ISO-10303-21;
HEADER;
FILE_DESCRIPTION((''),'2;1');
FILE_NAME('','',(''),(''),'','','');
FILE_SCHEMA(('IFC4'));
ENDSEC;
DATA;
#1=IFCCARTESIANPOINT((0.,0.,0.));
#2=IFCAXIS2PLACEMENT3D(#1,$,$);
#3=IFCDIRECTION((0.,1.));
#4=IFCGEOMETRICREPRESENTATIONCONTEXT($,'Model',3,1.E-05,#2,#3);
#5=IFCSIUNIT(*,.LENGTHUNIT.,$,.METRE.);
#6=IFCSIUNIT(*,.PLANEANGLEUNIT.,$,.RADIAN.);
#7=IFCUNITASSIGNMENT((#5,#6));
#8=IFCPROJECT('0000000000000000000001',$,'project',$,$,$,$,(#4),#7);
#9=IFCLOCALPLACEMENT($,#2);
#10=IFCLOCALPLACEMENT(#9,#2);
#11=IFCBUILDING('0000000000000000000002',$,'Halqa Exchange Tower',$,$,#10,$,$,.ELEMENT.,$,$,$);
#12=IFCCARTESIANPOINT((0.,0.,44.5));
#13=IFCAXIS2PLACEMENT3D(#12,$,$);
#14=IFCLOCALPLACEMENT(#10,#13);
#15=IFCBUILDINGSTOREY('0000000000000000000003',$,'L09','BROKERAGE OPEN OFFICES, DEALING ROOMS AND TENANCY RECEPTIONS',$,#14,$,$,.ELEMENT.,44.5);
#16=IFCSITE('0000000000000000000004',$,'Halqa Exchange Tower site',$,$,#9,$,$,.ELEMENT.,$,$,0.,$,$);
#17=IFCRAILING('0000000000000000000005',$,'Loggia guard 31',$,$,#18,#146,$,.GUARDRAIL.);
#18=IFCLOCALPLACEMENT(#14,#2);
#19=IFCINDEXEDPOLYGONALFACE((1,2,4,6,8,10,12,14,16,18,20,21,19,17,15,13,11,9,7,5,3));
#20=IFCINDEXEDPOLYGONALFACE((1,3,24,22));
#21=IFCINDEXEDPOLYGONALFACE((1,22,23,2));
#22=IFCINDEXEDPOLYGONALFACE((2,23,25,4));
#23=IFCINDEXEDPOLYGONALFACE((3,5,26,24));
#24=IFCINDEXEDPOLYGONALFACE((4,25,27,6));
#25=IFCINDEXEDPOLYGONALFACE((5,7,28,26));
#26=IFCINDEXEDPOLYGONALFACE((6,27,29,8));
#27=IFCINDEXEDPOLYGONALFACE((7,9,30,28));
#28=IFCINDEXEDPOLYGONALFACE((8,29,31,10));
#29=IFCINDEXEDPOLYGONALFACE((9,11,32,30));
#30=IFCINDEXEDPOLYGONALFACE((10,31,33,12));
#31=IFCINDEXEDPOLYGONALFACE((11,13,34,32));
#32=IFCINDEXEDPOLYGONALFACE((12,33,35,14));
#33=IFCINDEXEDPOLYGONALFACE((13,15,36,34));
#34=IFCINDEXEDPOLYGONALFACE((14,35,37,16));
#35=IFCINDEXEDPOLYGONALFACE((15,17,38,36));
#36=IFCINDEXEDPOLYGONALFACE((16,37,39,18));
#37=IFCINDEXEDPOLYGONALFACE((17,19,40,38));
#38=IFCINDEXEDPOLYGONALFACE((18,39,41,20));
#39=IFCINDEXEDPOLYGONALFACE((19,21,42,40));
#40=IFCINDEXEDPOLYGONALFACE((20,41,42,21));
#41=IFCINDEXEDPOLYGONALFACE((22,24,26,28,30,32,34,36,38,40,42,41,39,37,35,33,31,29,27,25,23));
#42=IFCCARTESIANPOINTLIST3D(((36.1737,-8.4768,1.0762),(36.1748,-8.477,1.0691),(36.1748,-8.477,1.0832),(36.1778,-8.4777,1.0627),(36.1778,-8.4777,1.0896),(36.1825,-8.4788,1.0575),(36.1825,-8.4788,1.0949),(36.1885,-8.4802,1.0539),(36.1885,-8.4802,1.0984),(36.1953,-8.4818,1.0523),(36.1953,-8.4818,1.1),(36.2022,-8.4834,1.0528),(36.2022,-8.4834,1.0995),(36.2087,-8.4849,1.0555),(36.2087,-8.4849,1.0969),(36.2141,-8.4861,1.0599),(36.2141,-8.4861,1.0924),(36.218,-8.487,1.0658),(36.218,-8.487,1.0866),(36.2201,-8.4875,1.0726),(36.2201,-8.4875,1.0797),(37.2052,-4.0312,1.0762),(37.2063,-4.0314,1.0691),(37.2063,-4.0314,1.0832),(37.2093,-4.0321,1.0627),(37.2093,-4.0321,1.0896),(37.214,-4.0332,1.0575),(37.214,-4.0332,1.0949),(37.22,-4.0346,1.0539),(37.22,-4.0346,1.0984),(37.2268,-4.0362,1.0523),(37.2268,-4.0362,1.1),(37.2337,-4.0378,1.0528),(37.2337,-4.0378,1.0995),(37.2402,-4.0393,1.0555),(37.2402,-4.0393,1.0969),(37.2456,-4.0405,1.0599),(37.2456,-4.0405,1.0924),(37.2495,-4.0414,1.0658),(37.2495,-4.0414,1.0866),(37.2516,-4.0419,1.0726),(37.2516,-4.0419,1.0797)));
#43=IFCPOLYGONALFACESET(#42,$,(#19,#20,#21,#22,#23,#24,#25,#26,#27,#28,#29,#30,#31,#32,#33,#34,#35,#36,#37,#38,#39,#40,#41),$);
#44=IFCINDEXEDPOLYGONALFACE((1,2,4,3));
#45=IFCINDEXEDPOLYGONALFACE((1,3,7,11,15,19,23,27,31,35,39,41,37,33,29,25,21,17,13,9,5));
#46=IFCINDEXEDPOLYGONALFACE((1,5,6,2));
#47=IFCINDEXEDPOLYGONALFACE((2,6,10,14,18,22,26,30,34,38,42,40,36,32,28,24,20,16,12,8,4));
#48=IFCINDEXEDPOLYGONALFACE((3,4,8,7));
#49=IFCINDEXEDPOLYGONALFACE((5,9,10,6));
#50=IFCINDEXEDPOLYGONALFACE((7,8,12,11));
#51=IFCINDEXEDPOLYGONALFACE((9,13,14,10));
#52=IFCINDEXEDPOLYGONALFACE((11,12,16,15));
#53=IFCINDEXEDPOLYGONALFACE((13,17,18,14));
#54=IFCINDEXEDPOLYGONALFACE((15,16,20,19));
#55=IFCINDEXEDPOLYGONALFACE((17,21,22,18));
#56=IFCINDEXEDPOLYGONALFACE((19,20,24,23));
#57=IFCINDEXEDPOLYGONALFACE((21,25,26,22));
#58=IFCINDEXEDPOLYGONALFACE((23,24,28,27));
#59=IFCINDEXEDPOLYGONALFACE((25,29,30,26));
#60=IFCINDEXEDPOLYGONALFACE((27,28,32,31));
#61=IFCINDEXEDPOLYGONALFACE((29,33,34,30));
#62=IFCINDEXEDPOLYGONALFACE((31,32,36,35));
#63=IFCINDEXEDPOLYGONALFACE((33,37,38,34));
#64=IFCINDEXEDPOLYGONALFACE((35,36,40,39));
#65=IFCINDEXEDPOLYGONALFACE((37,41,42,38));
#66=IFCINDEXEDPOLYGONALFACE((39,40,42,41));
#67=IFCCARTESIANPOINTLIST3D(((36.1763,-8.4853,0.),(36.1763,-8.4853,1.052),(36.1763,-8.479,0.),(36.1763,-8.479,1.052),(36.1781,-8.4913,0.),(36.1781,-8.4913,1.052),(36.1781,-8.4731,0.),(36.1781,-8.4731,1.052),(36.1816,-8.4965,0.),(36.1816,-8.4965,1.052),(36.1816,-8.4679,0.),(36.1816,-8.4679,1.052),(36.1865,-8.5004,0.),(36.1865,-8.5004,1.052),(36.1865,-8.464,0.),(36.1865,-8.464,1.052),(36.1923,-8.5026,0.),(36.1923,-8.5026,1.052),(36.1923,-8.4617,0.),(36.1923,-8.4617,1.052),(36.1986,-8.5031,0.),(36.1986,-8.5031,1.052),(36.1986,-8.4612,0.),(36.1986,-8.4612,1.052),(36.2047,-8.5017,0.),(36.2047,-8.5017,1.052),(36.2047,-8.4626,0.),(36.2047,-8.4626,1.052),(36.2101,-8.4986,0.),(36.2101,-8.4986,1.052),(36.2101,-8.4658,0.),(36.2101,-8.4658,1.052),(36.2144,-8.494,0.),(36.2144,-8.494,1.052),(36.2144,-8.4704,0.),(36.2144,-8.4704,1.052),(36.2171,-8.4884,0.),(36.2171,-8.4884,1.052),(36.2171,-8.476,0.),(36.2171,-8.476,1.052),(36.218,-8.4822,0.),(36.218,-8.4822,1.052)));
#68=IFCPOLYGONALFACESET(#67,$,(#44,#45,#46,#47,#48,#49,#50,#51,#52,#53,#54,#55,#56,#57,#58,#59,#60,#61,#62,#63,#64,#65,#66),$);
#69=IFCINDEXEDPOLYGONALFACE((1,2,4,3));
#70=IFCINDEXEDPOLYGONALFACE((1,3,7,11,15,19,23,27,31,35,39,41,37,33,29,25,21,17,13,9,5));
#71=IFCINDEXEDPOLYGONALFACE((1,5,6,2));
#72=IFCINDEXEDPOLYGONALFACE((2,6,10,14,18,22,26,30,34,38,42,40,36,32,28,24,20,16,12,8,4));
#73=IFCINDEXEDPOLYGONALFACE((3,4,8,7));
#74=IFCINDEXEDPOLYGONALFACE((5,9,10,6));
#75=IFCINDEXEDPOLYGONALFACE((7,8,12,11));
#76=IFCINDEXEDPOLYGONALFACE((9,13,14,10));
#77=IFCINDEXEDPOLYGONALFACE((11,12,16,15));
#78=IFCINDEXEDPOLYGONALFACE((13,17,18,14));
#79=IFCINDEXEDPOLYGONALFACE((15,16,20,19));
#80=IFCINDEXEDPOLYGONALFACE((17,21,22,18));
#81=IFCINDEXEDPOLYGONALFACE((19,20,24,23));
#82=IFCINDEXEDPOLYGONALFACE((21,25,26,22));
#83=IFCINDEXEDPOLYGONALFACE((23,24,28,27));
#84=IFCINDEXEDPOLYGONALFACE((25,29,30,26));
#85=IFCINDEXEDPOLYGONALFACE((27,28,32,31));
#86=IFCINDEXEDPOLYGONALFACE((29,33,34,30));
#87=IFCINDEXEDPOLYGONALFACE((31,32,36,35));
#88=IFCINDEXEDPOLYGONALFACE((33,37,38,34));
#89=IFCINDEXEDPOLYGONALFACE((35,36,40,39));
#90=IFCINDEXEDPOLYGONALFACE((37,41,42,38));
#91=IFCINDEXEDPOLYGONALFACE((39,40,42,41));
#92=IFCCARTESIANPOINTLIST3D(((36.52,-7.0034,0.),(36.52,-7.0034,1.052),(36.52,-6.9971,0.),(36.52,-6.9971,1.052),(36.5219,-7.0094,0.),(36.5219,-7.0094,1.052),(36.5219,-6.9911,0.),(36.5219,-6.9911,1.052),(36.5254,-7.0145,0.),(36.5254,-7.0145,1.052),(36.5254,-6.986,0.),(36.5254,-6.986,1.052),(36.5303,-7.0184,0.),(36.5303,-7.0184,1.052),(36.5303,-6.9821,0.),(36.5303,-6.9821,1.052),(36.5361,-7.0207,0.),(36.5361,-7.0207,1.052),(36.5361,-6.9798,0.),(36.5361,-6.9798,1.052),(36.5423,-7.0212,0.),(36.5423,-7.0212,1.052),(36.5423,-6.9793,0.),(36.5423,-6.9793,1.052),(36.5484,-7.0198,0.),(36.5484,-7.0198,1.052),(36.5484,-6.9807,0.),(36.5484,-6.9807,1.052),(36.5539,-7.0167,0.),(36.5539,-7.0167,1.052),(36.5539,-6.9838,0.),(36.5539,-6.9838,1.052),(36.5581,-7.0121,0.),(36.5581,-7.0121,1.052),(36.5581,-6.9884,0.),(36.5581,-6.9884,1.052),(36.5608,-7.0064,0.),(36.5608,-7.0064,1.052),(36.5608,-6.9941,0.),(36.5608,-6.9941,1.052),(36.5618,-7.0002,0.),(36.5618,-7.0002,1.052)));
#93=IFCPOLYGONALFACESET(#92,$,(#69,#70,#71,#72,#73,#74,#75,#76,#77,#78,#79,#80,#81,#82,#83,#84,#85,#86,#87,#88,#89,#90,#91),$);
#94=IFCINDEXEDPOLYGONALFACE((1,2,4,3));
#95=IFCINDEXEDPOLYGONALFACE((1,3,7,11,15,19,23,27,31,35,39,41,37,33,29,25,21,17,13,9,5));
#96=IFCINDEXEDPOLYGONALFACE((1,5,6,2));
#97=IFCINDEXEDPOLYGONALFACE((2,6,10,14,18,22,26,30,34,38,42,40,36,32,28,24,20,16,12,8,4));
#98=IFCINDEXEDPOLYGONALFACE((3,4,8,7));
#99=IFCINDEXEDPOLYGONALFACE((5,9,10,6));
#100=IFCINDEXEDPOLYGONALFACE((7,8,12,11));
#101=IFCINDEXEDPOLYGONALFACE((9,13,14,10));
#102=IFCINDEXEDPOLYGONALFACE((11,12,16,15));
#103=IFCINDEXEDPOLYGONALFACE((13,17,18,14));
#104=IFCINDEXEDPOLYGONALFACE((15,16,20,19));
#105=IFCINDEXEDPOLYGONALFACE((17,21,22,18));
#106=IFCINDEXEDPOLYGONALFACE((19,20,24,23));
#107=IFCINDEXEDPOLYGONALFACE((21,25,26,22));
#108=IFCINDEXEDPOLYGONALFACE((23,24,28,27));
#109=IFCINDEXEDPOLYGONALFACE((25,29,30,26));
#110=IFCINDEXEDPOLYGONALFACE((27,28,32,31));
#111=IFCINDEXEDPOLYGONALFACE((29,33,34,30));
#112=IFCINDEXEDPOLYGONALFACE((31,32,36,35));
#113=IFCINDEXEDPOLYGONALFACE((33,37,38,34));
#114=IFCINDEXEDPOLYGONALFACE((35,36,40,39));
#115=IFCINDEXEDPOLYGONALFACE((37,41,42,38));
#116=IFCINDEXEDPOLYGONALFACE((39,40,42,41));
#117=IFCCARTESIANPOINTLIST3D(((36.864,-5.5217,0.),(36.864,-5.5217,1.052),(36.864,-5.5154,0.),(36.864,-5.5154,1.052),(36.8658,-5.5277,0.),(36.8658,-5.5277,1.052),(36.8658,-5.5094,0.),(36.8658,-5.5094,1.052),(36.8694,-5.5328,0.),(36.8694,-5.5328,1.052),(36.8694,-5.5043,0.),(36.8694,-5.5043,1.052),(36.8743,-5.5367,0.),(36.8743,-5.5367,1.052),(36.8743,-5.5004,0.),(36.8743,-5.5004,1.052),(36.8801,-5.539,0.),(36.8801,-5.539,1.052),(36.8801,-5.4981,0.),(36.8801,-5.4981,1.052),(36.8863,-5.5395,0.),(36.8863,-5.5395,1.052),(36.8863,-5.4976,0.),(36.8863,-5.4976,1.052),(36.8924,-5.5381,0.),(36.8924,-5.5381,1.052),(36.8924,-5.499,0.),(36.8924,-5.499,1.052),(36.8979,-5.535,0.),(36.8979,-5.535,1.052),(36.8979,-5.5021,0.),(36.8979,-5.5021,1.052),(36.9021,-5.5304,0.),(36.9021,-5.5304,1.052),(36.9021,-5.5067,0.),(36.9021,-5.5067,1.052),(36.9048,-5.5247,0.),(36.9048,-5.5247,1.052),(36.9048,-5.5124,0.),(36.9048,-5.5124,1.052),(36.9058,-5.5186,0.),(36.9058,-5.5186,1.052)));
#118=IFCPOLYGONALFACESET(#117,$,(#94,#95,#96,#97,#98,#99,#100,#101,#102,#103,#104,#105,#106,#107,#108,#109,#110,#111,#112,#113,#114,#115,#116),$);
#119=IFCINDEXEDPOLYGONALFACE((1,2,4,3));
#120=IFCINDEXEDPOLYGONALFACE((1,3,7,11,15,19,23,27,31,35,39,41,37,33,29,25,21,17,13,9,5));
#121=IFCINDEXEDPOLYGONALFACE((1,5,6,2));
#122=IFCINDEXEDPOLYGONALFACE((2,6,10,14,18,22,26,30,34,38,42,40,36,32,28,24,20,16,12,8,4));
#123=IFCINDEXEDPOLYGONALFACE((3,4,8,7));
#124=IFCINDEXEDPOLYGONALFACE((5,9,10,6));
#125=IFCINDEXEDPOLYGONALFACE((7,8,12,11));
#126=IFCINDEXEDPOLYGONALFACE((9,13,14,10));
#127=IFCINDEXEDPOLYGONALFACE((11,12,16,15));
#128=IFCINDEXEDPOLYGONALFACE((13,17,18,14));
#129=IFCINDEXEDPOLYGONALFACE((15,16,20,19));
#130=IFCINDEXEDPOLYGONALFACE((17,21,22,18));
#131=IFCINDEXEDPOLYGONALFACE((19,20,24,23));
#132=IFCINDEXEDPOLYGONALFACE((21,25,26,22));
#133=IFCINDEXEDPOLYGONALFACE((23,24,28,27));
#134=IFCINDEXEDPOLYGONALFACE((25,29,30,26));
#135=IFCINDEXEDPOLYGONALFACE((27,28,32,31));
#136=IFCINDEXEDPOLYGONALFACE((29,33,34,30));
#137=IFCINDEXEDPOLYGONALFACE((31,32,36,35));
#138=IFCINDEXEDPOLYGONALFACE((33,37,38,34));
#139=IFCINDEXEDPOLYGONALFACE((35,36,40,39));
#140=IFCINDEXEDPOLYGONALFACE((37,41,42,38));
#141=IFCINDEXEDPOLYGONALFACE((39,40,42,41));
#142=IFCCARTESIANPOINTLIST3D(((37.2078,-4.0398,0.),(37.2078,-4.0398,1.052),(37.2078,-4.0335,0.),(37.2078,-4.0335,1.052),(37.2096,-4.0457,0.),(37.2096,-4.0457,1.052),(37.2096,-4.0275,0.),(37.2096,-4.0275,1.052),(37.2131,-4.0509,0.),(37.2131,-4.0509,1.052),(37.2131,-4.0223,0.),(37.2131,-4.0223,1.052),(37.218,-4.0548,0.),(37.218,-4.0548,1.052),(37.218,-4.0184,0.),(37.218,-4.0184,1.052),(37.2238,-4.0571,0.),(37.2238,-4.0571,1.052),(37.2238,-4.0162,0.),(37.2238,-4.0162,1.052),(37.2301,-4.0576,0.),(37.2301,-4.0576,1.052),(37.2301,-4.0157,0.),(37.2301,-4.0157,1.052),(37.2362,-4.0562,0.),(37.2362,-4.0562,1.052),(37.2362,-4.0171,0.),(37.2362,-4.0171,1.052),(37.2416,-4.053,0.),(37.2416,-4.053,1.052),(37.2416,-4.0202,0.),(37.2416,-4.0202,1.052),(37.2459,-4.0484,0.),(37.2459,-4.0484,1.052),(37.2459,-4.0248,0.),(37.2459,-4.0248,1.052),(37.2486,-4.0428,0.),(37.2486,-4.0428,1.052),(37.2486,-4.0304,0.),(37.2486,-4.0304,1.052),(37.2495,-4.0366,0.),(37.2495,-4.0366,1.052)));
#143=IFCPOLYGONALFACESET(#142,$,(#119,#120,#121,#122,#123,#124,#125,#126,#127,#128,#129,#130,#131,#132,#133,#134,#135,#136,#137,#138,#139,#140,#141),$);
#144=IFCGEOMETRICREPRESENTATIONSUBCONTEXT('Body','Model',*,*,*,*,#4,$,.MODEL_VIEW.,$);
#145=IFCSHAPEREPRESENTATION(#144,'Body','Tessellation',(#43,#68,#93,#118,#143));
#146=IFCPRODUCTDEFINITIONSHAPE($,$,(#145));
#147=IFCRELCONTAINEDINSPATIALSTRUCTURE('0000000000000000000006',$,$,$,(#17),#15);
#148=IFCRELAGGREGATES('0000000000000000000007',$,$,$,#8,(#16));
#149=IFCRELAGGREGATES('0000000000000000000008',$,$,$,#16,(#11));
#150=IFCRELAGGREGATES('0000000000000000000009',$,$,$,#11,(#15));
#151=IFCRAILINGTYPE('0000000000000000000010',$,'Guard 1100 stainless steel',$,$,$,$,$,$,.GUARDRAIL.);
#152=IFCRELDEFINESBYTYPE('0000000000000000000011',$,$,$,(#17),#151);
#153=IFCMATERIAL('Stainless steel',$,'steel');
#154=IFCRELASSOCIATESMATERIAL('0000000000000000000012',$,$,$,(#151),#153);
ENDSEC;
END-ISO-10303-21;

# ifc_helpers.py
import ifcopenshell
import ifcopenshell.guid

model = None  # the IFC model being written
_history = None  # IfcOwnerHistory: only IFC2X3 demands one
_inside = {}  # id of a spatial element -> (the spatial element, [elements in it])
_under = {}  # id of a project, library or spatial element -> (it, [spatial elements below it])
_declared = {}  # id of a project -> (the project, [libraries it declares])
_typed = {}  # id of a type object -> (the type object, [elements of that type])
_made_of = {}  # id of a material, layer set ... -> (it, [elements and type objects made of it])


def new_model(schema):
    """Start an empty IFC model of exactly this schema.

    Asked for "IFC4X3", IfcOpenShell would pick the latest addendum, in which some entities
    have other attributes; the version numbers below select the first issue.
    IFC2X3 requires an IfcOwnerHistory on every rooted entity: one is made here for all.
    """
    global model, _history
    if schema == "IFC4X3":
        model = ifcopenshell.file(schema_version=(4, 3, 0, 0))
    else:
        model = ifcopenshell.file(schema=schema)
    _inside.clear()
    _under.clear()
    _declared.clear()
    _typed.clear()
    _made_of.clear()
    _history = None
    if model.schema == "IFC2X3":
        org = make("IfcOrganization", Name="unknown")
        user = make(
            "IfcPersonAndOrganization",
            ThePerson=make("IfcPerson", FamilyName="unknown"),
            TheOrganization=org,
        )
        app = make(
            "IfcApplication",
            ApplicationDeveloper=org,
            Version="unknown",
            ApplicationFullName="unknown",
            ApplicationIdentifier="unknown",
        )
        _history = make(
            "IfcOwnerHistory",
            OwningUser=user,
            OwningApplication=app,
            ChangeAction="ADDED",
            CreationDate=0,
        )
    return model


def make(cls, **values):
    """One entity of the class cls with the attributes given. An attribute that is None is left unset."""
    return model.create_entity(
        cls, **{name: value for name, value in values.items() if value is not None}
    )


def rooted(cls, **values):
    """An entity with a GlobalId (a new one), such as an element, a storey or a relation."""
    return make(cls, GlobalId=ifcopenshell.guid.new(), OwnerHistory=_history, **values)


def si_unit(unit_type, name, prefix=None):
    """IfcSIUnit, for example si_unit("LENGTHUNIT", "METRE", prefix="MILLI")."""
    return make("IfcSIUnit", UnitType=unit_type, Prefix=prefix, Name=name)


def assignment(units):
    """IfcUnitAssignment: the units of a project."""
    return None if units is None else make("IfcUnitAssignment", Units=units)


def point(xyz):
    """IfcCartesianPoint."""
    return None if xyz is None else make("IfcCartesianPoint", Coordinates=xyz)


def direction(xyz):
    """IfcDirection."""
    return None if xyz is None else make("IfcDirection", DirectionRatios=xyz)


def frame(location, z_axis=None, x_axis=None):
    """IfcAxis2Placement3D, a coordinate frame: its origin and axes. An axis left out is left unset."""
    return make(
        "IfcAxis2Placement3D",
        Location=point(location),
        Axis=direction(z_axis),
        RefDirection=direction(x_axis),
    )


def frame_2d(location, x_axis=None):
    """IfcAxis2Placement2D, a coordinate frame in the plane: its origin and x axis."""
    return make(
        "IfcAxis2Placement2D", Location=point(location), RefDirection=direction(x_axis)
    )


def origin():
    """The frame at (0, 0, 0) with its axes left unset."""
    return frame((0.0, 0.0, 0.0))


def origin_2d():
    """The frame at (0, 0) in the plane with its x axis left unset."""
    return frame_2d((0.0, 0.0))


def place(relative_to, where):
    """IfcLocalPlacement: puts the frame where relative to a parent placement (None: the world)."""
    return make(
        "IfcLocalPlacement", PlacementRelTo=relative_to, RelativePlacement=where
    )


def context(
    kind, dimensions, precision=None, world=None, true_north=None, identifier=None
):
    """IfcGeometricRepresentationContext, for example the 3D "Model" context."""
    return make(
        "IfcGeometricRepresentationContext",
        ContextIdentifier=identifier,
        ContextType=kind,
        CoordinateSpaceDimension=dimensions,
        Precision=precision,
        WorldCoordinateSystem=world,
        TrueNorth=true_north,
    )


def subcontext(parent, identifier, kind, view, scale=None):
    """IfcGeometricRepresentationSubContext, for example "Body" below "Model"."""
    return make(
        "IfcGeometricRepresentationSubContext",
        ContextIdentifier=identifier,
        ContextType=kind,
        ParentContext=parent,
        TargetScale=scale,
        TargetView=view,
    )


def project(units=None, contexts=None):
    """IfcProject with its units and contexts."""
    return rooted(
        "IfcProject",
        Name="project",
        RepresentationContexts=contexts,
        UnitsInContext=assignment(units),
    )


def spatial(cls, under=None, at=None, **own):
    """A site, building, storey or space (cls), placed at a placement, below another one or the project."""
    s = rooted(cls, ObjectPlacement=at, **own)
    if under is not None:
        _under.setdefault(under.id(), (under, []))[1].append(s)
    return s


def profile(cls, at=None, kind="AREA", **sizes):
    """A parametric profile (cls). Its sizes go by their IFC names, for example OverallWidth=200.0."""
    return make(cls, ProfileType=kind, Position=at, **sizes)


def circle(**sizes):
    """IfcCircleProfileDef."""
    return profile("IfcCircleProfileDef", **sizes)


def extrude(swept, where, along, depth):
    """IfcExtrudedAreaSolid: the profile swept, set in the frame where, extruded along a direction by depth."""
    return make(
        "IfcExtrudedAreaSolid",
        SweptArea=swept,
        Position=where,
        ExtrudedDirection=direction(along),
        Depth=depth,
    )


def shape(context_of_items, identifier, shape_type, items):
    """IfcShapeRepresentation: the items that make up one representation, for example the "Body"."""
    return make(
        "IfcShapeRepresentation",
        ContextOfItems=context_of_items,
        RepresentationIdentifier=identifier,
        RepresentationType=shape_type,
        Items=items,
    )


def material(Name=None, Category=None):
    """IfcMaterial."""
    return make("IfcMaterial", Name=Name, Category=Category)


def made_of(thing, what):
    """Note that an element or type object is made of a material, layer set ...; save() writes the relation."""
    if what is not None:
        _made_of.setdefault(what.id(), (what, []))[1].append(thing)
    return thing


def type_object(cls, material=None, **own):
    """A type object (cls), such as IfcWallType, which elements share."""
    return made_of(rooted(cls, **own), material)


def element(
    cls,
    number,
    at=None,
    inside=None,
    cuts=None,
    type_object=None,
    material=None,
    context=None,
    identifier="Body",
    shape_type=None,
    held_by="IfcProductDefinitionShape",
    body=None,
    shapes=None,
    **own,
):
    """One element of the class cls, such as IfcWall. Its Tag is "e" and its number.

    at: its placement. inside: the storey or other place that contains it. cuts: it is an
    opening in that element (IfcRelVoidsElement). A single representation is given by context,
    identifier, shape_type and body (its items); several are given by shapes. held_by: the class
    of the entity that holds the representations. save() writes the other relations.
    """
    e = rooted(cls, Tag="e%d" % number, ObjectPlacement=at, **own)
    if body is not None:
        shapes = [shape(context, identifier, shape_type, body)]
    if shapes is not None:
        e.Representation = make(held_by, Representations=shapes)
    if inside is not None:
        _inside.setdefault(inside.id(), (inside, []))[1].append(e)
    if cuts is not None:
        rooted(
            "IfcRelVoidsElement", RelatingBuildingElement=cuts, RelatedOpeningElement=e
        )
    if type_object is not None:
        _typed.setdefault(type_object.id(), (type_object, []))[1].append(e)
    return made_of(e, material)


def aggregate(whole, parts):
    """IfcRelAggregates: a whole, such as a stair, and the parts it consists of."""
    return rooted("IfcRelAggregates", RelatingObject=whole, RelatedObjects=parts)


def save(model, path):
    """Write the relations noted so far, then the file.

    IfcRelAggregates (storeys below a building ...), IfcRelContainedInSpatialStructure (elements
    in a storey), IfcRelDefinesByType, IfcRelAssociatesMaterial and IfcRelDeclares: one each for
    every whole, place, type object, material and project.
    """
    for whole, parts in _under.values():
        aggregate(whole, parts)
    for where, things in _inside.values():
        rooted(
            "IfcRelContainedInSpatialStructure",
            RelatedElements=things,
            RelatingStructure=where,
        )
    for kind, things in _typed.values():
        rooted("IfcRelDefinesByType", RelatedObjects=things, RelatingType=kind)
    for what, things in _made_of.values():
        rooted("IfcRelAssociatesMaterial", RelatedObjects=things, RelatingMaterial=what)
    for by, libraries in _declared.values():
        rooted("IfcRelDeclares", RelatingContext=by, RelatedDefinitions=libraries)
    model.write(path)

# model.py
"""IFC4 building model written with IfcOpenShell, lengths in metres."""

from ifc_helpers import new_model, si_unit, direction, frame, origin, origin_2d, place, context, subcontext, project, spatial, circle, extrude, material, type_object, element, save


model = new_model("IFC4")

# Units and contexts
model_context = context("Model", 3, precision=1e-05, world=origin(), true_north=direction((0.0, 1.0)))
body_context = subcontext(model_context, "Body", "Model", "MODEL_VIEW")
ifc_project = project(units=[si_unit("LENGTHUNIT", "METRE"), si_unit("PLANEANGLEUNIT", "RADIAN")], contexts=[model_context])

# Site, building, storey
site_placement = place(None, origin())
site = spatial("IfcSite", under=ifc_project, at=site_placement, Name="Halqa Exchange Tower site", CompositionType="ELEMENT", RefElevation=0.0)
building_placement = place(site_placement, origin())
building = spatial("IfcBuilding", under=site, at=building_placement, Name="Halqa Exchange Tower", CompositionType="ELEMENT")
storey_placement = place(building_placement, frame((0.0, 0.0, 44.5)))
storey = spatial("IfcBuildingStorey", under=building, at=storey_placement, Name="L09", Description="BROKERAGE OPEN OFFICES, DEALING ROOMS AND TENANCY RECEPTIONS", CompositionType="ELEMENT", Elevation=44.5)

# Railing
ifc_material_1 = material(Name="Stainless steel", Category="steel")
railing_type = type_object("IfcRailingType", Name="Guard 1100 stainless steel", PredefinedType="GUARDRAIL", material=ifc_material_1)
railing_1_placement = place(storey_placement, frame((36.197, -8.4822, 0.0)))
element("IfcRailing", 1, at=railing_1_placement, inside=storey, type_object=railing_type, Name="Loggia guard 31", PredefinedType="GUARDRAIL", context=body_context, shape_type="SweptSolid", body=[
    extrude(circle(Radius=0.0239, at=origin_2d()), frame((0.0, 0.0, 1.0762), z_axis=(0.226024, 0.974122, 0.0), x_axis=(-0.974122, 0.226024, 0.0)), (0.0, 0.0, 1.0), 4.5637),
    extrude(circle(Radius=0.021, at=origin_2d()), origin(), (0.0, 0.0, 1.0), 1.052),
    extrude(circle(Radius=0.021, at=origin_2d()), frame((0.3438, 1.4819, 0.0)), (0.0, 0.0, 1.0), 1.052),
    extrude(circle(Radius=0.021, at=origin_2d()), frame((0.6877, 2.9636, 0.0)), (0.0, 0.0, 1.0), 1.052),
    extrude(circle(Radius=0.021, at=origin_2d()), frame((1.0315, 4.4456, 0.0)), (0.0, 0.0, 1.0), 1.052),
])

save(model, "model.ifc")
